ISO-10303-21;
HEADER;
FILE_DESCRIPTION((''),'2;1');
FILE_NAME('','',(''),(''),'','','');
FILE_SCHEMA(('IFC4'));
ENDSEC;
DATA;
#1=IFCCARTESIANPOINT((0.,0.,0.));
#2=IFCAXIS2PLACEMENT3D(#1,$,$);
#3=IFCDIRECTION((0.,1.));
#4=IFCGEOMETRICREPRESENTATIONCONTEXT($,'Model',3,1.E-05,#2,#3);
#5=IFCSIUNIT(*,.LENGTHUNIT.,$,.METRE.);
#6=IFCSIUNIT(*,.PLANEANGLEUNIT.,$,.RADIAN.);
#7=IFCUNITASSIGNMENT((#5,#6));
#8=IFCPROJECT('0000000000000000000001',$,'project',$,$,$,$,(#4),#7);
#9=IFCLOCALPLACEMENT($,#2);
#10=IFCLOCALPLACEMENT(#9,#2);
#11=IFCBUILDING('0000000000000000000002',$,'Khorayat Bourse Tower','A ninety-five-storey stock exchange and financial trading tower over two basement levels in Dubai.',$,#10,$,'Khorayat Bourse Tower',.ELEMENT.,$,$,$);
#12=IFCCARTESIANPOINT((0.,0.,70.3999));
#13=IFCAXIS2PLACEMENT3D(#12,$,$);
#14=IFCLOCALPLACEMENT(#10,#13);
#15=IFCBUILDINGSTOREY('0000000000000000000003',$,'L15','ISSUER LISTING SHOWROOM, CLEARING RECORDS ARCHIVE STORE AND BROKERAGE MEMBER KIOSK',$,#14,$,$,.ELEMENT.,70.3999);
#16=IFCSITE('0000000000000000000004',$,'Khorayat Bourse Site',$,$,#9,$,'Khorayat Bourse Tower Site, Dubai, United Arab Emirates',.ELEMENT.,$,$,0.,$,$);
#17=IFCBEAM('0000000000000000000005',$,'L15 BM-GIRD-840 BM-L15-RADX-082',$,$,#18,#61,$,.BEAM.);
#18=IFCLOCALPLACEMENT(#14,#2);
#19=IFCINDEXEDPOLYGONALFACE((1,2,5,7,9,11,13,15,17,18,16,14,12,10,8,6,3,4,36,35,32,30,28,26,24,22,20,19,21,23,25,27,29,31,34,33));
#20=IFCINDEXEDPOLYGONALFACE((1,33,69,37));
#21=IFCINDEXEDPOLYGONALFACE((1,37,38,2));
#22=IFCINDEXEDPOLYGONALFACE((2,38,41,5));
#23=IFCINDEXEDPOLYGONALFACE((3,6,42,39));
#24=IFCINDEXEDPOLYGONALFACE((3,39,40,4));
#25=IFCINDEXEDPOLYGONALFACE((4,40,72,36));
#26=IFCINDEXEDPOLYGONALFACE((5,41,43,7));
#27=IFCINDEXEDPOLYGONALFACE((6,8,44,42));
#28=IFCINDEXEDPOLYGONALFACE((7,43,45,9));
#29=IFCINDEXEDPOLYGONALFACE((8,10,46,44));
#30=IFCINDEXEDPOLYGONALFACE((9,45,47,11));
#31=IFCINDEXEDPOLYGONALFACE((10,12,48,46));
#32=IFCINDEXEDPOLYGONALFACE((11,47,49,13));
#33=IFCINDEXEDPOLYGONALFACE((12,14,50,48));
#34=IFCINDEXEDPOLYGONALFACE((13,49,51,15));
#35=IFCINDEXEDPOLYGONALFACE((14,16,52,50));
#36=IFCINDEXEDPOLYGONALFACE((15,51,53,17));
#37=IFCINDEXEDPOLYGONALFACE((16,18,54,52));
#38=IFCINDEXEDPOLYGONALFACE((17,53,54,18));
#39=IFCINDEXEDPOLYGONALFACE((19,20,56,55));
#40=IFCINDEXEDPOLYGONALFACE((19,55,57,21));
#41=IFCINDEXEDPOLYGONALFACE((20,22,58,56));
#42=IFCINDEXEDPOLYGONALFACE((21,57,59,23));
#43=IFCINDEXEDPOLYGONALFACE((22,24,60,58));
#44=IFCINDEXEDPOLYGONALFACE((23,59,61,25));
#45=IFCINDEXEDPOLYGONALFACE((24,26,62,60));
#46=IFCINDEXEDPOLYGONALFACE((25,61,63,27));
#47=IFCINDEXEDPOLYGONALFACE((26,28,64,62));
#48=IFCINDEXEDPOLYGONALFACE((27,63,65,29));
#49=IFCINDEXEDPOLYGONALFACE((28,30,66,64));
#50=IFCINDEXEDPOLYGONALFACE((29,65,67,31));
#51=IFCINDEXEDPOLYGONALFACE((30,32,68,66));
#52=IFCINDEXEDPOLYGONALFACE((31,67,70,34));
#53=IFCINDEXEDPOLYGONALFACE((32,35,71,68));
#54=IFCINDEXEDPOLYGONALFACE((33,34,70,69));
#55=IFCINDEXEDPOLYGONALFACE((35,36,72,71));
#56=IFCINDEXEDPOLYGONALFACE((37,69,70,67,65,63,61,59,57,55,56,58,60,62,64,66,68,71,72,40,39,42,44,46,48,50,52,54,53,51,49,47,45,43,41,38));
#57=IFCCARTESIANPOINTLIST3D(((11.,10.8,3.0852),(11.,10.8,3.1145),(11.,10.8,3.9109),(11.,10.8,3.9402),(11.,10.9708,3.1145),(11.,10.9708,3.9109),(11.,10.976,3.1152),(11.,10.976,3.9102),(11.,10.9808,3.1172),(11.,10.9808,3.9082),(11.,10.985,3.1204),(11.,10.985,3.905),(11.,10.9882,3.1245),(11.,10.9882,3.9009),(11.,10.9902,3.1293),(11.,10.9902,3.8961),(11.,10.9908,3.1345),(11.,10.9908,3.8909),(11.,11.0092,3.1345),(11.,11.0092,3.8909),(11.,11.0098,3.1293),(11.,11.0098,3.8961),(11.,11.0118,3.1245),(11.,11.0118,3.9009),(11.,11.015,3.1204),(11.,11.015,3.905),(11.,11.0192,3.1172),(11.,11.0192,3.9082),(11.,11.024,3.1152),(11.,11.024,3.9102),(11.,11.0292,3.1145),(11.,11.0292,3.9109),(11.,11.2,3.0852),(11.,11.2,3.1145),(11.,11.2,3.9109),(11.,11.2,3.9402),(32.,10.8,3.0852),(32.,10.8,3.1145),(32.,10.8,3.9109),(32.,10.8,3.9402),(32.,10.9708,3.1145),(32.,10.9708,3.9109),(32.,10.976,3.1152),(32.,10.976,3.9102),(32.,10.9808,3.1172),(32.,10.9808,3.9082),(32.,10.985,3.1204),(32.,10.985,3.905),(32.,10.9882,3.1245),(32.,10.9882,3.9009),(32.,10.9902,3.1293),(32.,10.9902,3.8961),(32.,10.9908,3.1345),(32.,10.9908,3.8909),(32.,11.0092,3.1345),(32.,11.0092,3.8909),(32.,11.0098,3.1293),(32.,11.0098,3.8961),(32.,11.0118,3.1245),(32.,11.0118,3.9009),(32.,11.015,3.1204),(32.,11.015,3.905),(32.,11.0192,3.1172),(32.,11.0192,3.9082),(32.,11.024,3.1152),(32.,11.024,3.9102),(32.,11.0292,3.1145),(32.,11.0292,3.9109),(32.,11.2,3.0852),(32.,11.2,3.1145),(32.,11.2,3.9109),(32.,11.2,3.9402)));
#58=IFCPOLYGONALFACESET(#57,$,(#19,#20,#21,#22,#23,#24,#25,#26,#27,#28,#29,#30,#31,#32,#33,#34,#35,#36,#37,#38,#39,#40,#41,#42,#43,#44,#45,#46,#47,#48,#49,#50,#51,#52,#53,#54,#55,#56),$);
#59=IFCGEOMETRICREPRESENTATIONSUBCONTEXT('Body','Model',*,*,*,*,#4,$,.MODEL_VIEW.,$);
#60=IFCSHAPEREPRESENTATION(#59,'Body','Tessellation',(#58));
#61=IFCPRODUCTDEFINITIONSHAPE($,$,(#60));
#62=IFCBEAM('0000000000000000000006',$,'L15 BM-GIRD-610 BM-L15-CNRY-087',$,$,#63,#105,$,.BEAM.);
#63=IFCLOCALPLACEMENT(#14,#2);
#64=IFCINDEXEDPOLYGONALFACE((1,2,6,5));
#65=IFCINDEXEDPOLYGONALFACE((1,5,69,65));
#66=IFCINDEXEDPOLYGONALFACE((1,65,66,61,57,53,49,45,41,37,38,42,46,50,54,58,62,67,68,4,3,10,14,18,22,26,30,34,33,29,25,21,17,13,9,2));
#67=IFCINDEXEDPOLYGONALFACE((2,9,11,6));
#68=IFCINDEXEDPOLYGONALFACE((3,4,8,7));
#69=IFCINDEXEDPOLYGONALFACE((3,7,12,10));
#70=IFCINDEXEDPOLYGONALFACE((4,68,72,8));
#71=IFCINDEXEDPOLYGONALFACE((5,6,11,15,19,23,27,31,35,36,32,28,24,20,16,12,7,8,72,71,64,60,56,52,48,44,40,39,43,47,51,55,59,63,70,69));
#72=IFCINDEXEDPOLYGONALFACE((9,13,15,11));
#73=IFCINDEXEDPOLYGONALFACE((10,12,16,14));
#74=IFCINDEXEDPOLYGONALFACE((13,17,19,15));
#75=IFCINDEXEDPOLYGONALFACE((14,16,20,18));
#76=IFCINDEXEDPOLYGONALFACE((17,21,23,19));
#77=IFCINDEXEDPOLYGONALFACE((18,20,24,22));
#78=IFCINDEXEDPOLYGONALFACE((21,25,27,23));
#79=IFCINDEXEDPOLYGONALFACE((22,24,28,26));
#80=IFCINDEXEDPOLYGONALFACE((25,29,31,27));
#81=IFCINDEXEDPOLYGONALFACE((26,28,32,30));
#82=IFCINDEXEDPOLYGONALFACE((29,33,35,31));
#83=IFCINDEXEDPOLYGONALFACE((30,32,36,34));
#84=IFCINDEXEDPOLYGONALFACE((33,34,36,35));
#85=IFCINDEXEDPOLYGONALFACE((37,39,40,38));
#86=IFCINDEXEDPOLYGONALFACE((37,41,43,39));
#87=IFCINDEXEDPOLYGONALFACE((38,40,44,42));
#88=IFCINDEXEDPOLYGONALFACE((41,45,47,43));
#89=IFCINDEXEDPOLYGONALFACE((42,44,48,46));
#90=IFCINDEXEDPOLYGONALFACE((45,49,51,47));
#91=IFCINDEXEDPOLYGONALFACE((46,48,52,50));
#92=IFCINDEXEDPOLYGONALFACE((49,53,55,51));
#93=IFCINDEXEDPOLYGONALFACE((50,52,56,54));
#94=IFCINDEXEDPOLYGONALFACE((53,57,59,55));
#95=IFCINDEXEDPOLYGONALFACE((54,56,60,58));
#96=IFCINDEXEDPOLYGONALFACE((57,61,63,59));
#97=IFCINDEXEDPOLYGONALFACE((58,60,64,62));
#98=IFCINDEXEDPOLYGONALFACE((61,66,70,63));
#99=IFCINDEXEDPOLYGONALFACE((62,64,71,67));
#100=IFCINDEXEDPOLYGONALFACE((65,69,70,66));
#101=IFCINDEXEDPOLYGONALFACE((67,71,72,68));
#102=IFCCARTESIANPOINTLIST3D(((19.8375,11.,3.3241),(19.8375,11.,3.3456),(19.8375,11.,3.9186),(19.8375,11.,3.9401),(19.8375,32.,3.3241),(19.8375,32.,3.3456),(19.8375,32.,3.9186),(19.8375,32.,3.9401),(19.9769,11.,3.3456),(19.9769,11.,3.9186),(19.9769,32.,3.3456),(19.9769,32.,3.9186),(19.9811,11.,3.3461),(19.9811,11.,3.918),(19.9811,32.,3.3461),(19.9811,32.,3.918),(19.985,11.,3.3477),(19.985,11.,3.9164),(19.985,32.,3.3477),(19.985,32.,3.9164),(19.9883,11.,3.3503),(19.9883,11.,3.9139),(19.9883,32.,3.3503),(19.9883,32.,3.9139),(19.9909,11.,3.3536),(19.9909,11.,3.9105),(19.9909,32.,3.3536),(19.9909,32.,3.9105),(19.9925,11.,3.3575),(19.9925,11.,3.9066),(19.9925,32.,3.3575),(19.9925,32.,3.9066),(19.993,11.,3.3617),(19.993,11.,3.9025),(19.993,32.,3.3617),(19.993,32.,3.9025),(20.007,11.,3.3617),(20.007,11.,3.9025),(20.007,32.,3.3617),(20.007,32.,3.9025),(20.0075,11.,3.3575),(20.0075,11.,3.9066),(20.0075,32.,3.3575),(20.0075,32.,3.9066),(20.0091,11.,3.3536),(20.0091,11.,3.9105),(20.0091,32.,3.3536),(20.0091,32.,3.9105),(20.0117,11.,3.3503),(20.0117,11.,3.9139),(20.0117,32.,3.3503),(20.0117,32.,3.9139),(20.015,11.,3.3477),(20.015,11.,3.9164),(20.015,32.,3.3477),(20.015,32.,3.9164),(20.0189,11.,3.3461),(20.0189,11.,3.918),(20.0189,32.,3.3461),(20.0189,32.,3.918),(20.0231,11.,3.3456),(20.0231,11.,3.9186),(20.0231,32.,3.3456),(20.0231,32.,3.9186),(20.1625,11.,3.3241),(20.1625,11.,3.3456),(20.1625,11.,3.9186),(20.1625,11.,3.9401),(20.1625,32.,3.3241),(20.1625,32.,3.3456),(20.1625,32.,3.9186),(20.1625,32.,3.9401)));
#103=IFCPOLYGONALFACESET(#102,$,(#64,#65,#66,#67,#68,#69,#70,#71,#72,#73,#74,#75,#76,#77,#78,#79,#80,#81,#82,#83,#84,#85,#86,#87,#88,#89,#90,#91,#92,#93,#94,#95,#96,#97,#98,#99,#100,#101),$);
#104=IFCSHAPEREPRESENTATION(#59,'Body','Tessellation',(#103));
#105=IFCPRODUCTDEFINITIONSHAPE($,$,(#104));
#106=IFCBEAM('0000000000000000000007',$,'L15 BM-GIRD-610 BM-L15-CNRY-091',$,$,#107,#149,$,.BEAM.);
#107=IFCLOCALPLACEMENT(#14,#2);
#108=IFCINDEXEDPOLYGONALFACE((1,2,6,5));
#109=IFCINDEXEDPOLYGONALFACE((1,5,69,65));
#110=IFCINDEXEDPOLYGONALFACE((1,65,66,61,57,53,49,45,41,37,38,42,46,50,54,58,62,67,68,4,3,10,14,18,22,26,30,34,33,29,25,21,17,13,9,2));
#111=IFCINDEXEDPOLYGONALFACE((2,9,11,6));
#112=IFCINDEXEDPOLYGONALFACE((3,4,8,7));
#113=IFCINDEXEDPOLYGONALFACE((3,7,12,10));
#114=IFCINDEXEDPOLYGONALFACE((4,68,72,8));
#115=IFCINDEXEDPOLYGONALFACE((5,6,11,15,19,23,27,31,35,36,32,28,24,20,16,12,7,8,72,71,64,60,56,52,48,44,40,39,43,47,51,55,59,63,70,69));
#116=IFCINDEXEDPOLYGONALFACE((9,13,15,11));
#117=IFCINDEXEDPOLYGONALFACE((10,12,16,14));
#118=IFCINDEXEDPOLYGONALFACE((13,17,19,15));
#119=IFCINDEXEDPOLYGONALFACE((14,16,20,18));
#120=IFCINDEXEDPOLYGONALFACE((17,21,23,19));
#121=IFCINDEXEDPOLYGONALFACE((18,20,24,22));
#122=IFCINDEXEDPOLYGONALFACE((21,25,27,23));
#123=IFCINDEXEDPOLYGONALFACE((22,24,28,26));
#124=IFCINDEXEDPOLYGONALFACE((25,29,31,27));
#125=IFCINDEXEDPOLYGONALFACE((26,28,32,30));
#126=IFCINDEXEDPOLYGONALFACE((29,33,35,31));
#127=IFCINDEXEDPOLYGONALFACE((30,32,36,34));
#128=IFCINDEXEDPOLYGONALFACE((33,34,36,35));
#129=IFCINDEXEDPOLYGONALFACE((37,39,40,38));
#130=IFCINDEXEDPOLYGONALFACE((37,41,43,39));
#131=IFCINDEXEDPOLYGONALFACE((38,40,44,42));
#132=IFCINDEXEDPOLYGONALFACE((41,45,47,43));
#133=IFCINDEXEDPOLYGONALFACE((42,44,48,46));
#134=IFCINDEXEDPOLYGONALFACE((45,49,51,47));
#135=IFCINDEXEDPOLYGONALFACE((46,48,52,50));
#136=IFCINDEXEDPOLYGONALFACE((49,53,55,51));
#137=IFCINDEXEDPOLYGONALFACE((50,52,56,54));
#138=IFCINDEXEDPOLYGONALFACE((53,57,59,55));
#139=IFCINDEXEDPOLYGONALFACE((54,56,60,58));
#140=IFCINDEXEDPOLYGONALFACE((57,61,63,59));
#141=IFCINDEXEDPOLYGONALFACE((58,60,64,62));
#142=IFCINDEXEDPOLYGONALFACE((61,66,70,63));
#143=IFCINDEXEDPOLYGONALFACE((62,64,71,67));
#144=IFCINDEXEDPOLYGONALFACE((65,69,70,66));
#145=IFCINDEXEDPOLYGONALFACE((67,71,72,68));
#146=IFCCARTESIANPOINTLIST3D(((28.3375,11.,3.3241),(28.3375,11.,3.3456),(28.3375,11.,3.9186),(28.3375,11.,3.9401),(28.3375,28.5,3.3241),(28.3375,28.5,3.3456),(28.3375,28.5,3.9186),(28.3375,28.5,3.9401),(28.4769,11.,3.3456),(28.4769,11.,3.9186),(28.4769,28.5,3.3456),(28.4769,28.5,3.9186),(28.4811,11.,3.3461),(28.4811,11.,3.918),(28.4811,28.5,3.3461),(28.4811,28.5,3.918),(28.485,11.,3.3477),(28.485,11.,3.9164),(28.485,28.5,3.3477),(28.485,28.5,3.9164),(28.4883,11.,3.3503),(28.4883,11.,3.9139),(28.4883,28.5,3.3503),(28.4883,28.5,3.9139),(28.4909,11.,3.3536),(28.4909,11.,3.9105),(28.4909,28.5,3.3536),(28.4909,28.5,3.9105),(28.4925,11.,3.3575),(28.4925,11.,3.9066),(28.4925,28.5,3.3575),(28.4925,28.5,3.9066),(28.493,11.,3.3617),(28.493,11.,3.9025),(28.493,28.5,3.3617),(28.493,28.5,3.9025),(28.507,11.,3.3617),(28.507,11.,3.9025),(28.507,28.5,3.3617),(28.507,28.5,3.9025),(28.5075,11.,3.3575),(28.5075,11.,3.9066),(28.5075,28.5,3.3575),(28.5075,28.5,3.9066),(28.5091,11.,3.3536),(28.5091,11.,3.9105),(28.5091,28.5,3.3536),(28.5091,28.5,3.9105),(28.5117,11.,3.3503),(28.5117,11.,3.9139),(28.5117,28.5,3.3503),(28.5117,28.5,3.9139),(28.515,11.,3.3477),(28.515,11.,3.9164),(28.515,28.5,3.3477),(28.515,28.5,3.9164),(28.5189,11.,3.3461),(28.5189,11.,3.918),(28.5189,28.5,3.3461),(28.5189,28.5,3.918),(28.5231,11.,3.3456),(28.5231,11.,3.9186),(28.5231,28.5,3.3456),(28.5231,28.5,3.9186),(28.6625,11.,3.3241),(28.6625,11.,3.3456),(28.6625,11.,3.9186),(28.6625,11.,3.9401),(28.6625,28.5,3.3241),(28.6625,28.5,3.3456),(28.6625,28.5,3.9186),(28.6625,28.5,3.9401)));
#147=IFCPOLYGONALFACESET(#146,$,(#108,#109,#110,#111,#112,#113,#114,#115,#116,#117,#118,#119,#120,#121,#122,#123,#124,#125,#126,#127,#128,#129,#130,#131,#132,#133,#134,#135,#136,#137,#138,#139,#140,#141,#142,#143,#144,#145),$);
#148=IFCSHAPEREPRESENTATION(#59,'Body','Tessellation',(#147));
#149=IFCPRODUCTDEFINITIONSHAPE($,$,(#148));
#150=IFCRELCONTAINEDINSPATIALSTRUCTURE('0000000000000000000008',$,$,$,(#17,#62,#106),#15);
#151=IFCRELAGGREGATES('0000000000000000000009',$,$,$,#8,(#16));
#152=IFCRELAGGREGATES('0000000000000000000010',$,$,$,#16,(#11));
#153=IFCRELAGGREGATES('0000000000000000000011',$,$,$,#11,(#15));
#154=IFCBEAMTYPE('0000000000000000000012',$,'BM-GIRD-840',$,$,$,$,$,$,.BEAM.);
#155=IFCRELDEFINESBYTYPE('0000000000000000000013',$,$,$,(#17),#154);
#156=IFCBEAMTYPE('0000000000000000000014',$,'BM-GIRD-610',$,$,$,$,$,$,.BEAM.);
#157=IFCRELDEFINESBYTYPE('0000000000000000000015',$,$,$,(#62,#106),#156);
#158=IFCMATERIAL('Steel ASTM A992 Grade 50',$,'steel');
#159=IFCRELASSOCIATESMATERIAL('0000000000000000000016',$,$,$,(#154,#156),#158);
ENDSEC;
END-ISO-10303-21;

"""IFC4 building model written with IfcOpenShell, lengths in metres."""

from ifc_helpers import new_model, si_unit, direction, frame, origin, origin_2d, place, context, subcontext, project, spatial, i_section, extrude, source, transform, mapped, material, material_profile, profile_set, type_object, element, save


model = new_model("IFC4")

# Units and contexts
model_context = context("Model", 3, precision=1e-05, world=origin(), true_north=direction((0.0, 1.0)))
body_context = subcontext(model_context, "Body", "Model", "MODEL_VIEW")
ifc_project = project(units=[si_unit("LENGTHUNIT", "METRE"), si_unit("PLANEANGLEUNIT", "RADIAN")], contexts=[model_context])

# Site, building, storey
site_placement = place(None, origin())
site = spatial("IfcSite", under=ifc_project, at=site_placement, Name="Khorayat Bourse Site", LongName="Khorayat Bourse Tower Site, Dubai, United Arab Emirates", CompositionType="ELEMENT", RefElevation=0.0)
building_placement = place(site_placement, origin())
building = spatial("IfcBuilding", under=site, at=building_placement, Name="Khorayat Bourse Tower", Description="A ninety-five-storey stock exchange and financial trading tower over two basement levels in Dubai.", LongName="Khorayat Bourse Tower", CompositionType="ELEMENT")
storey_placement = place(building_placement, frame((0.0, 0.0, 70.3999)))
storey = spatial("IfcBuildingStorey", under=building, at=storey_placement, Name="L15", Description="ISSUER LISTING SHOWROOM, CLEARING RECORDS ARCHIVE STORE AND BROKERAGE MEMBER KIOSK", CompositionType="ELEMENT", Elevation=70.3999)

# Beams
ifc_material_1 = material(Name="Steel ASTM A992 Grade 50", Category="steel")
ifc_material_profile_1 = material_profile(ifc_material_1, i_section(OverallWidth=0.3999, OverallDepth=0.855, WebThickness=0.0183, FlangeThickness=0.0293, FilletRadius=0.02, at=origin_2d()), Name="W840X299")
ifc_profile_set_1 = profile_set([ifc_material_profile_1], Name="Steel ASTM A992 Grade 50")
beam_type_1 = type_object("IfcBeamType", Name="BM-GIRD-840", PredefinedType="BEAM", material=ifc_profile_set_1)
shared_shape_1 = source(origin(), body_context, "Body", "SweptSolid", [
    extrude(i_section(OverallWidth=0.3999, OverallDepth=0.855, WebThickness=0.0183, FlangeThickness=0.0293, FilletRadius=0.02, at=origin_2d()), origin(), (0.0, 0.0, 1.0), 21.0),
])
beam_1_placement = place(storey_placement, frame((11.0, 11.0, 3.5127), z_axis=(1.0, 0.0, 0.0), x_axis=(0.0, 1.0, 0.0)))
element("IfcBeam", 1, at=beam_1_placement, inside=storey, type_object=beam_type_1, Name="L15 BM-GIRD-840 BM-L15-RADX-082", PredefinedType="BEAM", context=body_context, shape_type="MappedRepresentation", body=[
    mapped(shared_shape_1, transform((0.0, 0.0, 0.0), scale=1.0)),
])
ifc_material_profile_2 = material_profile(ifc_material_1, i_section(OverallWidth=0.325, OverallDepth=0.616, WebThickness=0.0139, FlangeThickness=0.0215, FilletRadius=0.0161, at=origin_2d()), Name="W610X174")
ifc_profile_set_2 = profile_set([ifc_material_profile_2], Name="Steel ASTM A992 Grade 50")
beam_type_2 = type_object("IfcBeamType", Name="BM-GIRD-610", PredefinedType="BEAM", material=ifc_profile_set_2)
shared_shape_2 = source(origin(), body_context, "Body", "SweptSolid", [
    extrude(i_section(OverallWidth=0.325, OverallDepth=0.616, WebThickness=0.0139, FlangeThickness=0.0215, FilletRadius=0.0161, at=origin_2d()), origin(), (0.0, 0.0, 1.0), 21.0),
])
beam_2_placement = place(storey_placement, frame((20.0, 11.0, 3.6321), z_axis=(0.0, 1.0, 0.0), x_axis=(-1.0, 0.0, 0.0)))
element("IfcBeam", 2, at=beam_2_placement, inside=storey, type_object=beam_type_2, Name="L15 BM-GIRD-610 BM-L15-CNRY-087", PredefinedType="BEAM", context=body_context, shape_type="MappedRepresentation", body=[
    mapped(shared_shape_2, transform((0.0, 0.0, 0.0), scale=1.0)),
])
shared_shape_3 = source(origin(), body_context, "Body", "SweptSolid", [
    extrude(i_section(OverallWidth=0.325, OverallDepth=0.616, WebThickness=0.0139, FlangeThickness=0.0215, FilletRadius=0.0161, at=origin_2d()), origin(), (0.0, 0.0, 1.0), 17.5),
])
beam_3_placement = place(storey_placement, frame((28.5, 11.0, 3.6321), z_axis=(0.0, 1.0, 0.0), x_axis=(-1.0, 0.0, 0.0)))
element("IfcBeam", 3, at=beam_3_placement, inside=storey, type_object=beam_type_2, Name="L15 BM-GIRD-610 BM-L15-CNRY-091", PredefinedType="BEAM", context=body_context, shape_type="MappedRepresentation", body=[
    mapped(shared_shape_3, transform((0.0, 0.0, 0.0), scale=1.0)),
])

save(model, "model.ifc")
